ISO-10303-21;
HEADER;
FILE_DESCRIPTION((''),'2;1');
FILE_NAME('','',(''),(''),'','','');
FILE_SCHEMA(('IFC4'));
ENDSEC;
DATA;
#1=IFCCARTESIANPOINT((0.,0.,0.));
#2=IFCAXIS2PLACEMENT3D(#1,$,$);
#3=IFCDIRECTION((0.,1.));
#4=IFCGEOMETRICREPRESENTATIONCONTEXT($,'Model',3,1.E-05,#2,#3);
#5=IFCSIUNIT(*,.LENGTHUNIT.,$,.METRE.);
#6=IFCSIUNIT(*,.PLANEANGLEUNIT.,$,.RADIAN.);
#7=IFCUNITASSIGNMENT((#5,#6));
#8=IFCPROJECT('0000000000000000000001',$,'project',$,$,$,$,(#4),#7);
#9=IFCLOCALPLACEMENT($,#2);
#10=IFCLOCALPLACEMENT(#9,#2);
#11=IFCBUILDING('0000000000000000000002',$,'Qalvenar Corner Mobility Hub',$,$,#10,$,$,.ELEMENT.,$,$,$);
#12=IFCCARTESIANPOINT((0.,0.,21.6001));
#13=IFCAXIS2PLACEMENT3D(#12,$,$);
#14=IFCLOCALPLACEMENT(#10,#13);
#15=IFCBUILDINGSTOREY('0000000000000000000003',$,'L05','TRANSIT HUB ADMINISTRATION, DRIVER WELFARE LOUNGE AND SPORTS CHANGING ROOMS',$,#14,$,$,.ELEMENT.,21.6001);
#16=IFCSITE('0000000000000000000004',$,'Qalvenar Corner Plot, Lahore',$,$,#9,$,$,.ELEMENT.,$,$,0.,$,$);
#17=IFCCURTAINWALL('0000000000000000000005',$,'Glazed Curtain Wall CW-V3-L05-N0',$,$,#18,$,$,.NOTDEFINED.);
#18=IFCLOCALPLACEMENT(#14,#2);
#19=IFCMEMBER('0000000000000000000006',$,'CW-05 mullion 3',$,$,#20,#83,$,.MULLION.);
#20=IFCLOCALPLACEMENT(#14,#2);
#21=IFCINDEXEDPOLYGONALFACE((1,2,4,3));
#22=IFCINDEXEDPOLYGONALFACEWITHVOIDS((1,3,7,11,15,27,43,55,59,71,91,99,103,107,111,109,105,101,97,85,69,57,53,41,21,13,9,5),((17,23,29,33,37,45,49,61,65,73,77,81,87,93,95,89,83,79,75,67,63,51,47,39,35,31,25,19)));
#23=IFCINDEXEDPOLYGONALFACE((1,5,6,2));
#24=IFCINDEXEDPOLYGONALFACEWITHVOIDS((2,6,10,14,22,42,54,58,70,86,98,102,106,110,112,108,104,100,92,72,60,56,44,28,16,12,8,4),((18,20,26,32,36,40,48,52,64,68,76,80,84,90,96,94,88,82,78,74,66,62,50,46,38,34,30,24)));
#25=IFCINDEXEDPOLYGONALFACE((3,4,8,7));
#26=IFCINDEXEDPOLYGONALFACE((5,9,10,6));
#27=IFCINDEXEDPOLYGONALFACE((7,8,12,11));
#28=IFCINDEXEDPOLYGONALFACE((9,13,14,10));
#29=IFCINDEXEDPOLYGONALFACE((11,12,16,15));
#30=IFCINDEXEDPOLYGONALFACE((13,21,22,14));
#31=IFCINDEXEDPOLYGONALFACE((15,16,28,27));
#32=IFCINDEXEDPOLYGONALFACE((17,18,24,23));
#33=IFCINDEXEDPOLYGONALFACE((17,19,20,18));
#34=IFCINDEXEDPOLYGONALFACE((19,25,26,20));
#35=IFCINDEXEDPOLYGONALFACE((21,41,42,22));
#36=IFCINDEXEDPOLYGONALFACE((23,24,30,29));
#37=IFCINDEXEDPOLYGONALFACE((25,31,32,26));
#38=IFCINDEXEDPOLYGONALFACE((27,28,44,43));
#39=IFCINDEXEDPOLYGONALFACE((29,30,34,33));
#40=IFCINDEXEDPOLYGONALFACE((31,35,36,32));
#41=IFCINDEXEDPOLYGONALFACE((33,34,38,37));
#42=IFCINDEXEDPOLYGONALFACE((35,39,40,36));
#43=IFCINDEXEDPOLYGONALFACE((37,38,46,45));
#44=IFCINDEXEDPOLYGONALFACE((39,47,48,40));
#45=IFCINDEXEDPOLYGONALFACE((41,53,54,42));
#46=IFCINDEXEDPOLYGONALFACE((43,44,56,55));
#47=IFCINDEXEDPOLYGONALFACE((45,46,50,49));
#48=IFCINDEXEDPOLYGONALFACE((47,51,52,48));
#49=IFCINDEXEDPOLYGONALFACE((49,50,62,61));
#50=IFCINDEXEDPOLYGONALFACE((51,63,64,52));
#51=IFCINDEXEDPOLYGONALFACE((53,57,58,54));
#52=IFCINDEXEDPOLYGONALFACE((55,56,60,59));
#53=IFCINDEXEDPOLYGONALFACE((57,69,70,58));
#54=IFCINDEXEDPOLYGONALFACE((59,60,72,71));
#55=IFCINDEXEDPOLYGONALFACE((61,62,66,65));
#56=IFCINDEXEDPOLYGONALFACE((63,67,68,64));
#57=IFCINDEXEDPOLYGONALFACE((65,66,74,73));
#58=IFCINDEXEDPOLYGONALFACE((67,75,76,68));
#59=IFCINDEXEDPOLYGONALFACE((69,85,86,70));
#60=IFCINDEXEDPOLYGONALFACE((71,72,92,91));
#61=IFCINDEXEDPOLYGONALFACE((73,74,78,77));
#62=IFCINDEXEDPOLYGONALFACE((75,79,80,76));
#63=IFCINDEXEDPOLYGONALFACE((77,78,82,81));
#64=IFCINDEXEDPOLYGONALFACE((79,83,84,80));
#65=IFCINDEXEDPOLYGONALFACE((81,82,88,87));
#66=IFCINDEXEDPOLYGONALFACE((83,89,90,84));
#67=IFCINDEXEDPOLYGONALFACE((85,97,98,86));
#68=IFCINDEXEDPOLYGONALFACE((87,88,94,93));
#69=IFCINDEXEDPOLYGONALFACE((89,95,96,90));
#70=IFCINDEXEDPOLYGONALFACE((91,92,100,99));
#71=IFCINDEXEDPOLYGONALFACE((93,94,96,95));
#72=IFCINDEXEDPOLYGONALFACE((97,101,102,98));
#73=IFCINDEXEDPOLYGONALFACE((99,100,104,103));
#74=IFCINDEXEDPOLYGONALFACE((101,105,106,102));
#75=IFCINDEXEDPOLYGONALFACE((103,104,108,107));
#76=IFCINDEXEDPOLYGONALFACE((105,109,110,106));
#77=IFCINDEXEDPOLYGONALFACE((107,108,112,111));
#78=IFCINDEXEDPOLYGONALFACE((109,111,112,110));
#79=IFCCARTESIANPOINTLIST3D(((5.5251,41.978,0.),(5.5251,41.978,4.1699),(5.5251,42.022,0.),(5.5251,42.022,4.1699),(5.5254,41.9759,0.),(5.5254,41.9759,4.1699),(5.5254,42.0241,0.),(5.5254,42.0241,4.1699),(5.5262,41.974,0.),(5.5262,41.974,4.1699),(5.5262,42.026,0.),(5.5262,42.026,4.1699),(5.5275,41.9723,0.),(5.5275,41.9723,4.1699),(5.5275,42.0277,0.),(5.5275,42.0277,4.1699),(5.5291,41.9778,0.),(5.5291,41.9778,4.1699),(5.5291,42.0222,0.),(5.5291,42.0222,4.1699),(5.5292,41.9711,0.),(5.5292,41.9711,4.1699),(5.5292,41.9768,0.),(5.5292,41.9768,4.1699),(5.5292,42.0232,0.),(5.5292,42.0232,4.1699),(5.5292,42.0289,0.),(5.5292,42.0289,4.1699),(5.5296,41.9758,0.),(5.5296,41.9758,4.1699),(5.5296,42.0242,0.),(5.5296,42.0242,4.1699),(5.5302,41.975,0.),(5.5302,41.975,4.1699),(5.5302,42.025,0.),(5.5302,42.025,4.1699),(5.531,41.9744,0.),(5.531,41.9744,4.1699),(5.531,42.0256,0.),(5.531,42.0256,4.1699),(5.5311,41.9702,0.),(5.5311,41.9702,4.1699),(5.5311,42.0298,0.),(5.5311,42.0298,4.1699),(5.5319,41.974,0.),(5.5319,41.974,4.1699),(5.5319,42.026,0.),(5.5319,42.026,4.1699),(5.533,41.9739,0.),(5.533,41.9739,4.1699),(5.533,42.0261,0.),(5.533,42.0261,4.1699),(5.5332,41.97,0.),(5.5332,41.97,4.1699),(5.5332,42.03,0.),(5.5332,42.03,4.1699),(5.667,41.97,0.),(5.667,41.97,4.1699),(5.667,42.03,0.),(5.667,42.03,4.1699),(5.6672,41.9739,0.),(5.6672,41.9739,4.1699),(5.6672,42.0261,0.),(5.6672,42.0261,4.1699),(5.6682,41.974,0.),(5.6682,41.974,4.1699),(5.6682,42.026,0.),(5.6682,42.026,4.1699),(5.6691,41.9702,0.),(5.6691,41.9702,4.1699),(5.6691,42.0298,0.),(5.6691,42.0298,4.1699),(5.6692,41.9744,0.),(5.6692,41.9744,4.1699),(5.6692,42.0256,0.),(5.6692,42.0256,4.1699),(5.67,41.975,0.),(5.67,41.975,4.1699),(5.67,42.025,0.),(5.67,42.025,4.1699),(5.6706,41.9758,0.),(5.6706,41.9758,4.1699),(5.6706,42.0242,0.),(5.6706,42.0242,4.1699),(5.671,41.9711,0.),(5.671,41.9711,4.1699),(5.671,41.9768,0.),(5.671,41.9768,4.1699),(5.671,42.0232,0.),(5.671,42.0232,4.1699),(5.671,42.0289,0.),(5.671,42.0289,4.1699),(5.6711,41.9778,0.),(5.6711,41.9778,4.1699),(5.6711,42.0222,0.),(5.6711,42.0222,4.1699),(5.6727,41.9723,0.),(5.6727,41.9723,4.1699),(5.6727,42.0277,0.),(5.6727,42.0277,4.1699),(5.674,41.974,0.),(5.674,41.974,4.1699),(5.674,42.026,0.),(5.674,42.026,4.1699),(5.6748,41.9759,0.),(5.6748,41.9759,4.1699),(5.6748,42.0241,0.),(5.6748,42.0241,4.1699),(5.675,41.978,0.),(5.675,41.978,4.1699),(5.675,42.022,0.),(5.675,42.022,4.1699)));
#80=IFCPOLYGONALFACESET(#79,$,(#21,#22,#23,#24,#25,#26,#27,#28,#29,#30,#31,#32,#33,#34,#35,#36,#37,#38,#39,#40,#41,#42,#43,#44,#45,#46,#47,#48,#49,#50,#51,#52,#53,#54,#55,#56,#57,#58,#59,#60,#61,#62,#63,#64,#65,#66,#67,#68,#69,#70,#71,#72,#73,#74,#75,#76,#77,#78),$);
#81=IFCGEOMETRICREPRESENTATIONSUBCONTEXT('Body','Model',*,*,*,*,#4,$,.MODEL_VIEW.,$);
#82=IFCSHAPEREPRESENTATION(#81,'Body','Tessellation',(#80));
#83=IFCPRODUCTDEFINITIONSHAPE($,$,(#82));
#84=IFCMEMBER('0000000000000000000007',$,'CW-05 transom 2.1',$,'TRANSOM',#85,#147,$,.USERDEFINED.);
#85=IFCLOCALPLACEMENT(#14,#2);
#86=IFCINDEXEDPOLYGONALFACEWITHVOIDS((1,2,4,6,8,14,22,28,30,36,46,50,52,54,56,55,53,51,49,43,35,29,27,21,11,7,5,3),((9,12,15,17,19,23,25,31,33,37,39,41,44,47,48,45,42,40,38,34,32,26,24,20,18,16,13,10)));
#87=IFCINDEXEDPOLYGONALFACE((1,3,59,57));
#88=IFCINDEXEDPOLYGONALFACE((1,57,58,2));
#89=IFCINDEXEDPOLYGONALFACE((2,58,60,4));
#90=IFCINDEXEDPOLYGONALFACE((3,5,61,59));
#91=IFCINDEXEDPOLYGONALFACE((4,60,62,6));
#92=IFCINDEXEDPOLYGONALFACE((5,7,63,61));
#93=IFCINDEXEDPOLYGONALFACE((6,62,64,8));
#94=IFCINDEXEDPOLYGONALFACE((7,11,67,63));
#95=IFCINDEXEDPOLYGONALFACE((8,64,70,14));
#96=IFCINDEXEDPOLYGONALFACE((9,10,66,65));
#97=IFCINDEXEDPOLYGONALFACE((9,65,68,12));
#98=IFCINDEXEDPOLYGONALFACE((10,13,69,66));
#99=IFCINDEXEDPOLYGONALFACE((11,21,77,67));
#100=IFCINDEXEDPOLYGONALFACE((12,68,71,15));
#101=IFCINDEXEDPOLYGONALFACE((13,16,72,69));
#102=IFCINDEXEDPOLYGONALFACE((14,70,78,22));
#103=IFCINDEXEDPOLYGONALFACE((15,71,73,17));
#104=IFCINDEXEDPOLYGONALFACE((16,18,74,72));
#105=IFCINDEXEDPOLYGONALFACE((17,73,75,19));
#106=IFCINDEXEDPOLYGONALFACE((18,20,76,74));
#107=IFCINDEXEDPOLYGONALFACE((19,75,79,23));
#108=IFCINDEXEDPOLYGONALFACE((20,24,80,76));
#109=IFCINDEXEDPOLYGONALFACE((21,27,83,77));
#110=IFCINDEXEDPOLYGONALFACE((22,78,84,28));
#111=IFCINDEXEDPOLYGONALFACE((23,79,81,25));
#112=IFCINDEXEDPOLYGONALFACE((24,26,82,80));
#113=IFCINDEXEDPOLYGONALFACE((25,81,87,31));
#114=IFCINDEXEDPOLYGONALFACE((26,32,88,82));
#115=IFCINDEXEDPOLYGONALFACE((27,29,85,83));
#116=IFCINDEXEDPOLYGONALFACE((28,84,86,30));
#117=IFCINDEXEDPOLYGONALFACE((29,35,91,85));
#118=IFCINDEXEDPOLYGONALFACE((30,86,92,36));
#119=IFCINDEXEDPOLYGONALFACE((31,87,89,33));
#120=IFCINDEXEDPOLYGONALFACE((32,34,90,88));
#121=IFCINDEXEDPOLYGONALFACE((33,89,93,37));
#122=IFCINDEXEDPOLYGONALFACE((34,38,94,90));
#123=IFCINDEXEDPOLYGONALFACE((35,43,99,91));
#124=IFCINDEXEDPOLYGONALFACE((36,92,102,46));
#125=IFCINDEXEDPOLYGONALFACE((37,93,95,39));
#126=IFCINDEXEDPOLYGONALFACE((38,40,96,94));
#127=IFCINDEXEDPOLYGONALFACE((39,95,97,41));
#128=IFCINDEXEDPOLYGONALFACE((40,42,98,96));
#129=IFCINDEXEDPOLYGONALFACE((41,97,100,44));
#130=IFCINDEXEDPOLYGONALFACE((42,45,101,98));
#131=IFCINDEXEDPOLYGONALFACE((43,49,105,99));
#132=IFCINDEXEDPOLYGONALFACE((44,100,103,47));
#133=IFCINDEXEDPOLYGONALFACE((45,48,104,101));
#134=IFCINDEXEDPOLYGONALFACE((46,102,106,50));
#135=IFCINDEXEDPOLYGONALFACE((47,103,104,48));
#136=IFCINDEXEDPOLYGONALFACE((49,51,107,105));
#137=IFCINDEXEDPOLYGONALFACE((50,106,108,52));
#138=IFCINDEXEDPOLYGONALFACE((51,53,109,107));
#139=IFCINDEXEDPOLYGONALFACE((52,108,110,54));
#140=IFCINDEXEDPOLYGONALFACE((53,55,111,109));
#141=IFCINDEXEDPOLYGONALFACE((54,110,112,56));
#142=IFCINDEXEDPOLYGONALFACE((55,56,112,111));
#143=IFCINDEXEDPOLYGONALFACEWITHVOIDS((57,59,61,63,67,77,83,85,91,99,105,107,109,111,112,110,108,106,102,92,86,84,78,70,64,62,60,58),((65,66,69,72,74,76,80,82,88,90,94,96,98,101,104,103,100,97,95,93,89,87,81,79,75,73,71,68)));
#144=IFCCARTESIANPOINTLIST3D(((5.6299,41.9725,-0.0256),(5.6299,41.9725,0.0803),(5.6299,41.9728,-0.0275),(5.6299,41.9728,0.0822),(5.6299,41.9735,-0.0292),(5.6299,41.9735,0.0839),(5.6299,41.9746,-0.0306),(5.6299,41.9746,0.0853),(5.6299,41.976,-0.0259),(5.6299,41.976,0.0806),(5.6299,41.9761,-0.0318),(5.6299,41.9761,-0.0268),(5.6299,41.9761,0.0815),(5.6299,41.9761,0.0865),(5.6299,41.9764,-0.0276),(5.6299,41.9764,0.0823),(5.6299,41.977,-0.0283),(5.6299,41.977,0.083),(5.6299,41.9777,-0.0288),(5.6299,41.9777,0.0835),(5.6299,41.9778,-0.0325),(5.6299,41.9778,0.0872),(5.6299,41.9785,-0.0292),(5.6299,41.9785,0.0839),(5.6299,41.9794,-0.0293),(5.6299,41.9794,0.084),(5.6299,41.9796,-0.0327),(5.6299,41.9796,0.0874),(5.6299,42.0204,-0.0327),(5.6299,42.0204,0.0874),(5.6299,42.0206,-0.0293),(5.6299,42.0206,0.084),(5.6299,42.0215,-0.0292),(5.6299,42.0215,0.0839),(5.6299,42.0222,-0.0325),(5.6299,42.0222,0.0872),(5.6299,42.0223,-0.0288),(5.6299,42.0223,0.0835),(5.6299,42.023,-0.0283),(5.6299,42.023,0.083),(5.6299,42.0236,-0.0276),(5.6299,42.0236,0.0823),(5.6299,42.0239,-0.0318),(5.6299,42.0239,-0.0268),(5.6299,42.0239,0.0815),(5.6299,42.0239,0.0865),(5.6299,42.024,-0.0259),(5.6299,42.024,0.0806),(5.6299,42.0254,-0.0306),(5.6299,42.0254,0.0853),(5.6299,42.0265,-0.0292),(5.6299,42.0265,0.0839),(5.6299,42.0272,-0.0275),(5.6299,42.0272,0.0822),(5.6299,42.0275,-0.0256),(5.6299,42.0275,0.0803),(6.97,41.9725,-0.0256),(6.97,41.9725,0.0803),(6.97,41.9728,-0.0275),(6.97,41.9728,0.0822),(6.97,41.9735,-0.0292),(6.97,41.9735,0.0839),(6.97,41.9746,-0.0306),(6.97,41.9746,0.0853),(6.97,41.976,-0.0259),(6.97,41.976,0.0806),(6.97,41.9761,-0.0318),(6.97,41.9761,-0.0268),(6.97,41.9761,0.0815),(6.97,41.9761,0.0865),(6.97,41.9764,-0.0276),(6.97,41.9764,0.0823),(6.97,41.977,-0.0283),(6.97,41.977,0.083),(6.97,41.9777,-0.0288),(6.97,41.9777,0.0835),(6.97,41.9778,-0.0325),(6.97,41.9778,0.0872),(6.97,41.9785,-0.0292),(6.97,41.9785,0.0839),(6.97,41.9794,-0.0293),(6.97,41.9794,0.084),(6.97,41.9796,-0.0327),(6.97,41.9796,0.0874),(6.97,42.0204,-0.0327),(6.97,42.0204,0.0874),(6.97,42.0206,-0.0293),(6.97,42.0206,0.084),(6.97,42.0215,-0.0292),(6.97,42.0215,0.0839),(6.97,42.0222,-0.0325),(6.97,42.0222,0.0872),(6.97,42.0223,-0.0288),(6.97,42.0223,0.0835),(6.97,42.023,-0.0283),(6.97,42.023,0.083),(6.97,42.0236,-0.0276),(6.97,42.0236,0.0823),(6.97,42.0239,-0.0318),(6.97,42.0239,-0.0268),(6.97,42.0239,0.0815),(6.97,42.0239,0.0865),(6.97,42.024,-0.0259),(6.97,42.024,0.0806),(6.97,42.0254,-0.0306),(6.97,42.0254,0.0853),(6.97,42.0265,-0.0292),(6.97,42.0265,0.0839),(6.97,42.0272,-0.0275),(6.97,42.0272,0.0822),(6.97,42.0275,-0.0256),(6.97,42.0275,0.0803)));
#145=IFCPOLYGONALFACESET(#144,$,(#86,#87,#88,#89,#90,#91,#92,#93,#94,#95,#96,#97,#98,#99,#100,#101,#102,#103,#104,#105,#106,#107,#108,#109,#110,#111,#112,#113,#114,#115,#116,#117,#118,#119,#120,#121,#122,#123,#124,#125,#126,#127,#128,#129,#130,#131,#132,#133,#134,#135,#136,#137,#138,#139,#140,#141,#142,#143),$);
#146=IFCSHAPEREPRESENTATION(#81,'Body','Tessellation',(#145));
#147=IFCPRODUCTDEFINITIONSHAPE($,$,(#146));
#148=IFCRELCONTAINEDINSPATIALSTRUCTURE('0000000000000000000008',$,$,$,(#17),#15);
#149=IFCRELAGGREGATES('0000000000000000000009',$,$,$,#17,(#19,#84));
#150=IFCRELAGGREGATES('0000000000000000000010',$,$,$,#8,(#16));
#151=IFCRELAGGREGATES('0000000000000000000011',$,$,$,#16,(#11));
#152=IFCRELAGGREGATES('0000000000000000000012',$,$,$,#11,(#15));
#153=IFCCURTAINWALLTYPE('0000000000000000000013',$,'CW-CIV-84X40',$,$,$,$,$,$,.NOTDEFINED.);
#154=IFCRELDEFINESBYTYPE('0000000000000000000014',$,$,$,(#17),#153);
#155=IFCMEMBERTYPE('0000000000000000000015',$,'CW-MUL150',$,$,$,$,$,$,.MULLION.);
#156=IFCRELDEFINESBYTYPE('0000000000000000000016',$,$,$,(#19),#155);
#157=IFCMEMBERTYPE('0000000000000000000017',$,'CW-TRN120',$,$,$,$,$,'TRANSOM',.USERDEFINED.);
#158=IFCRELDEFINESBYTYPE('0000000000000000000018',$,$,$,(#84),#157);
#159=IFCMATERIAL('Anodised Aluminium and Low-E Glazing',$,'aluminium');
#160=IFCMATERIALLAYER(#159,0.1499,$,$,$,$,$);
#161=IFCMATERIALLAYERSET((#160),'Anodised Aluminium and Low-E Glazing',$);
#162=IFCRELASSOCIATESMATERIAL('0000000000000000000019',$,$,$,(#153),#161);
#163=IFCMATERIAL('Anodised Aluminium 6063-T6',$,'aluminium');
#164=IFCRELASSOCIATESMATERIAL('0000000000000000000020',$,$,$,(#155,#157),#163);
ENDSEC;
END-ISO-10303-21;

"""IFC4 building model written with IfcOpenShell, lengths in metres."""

from ifc_helpers import new_model, si_unit, direction, frame, origin, origin_2d, place, context, subcontext, project, spatial, hollow_rectangle, extrude, material, layer, layer_set, material_profile, profile_set, type_object, element, aggregate, save


model = new_model("IFC4")

# Units and contexts
model_context = context("Model", 3, precision=1e-05, world=origin(), true_north=direction((0.0, 1.0)))
body_context = subcontext(model_context, "Body", "Model", "MODEL_VIEW")
ifc_project = project(units=[si_unit("LENGTHUNIT", "METRE"), si_unit("PLANEANGLEUNIT", "RADIAN")], contexts=[model_context])

# Site, building, storey
site_placement = place(None, origin())
site = spatial("IfcSite", under=ifc_project, at=site_placement, Name="Qalvenar Corner Plot, Lahore", CompositionType="ELEMENT", RefElevation=0.0)
building_placement = place(site_placement, origin())
building = spatial("IfcBuilding", under=site, at=building_placement, Name="Qalvenar Corner Mobility Hub", CompositionType="ELEMENT")
storey_placement = place(building_placement, frame((0.0, 0.0, 21.6001)))
storey = spatial("IfcBuildingStorey", under=building, at=storey_placement, Name="L05", Description="TRANSIT HUB ADMINISTRATION, DRIVER WELFARE LOUNGE AND SPORTS CHANGING ROOMS", CompositionType="ELEMENT", Elevation=21.6001)

# Curtain wall, members
ifc_material_1 = material(Name="Anodised Aluminium and Low-E Glazing", Category="aluminium")
ifc_layer_1 = layer(ifc_material_1, 0.1499)
ifc_layer_set_1 = layer_set([ifc_layer_1], Name="Anodised Aluminium and Low-E Glazing")
curtain_wall_type = type_object("IfcCurtainWallType", Name="CW-CIV-84X40", PredefinedType="NOTDEFINED", material=ifc_layer_set_1)
curtain_wall_placement = place(storey_placement, origin())
curtain_wall = element("IfcCurtainWall", 1, at=curtain_wall_placement, inside=storey, type_object=curtain_wall_type, Name="Glazed Curtain Wall CW-V3-L05-N0", PredefinedType="NOTDEFINED")
ifc_material_2 = material(Name="Anodised Aluminium 6063-T6", Category="aluminium")
ifc_material_profile_1 = material_profile(ifc_material_2, hollow_rectangle(XDim=0.0601, YDim=0.1499, WallThickness=0.0039, InnerFilletRadius=0.0039, OuterFilletRadius=0.0081, at=origin_2d()), Name="RHS150x60x4")
ifc_profile_set_1 = profile_set([ifc_material_profile_1], Name="Anodised Aluminium 6063-T6")
member_type_1 = type_object("IfcMemberType", Name="CW-MUL150", PredefinedType="MULLION", material=ifc_profile_set_1)
member_1_placement = place(storey_placement, frame((5.6001, 42.0, 0.0), z_axis=(0.0, 0.0, 1.0), x_axis=(0.0, -1.0, 0.0)))
member_1 = element("IfcMember", 2, at=member_1_placement, type_object=member_type_1, Name="CW-05 mullion 3", PredefinedType="MULLION", context=body_context, shape_type="SweptSolid", body=[
    extrude(hollow_rectangle(XDim=0.0601, YDim=0.1499, WallThickness=0.0039, InnerFilletRadius=0.0039, OuterFilletRadius=0.0081, at=origin_2d()), origin(), (0.0, 0.0, 1.0), 4.1699),
])
ifc_material_profile_2 = material_profile(ifc_material_2, hollow_rectangle(XDim=0.0549, YDim=0.1201, WallThickness=0.0034, InnerFilletRadius=0.0034, OuterFilletRadius=0.0071, at=origin_2d()), Name="RHS120x55x3.5")
ifc_profile_set_2 = profile_set([ifc_material_profile_2], Name="Anodised Aluminium 6063-T6")
member_type_2 = type_object("IfcMemberType", Name="CW-TRN120", ElementType="TRANSOM", PredefinedType="USERDEFINED", material=ifc_profile_set_2)
member_2_placement = place(storey_placement, frame((6.97, 42.0, 0.0273), z_axis=(-1.0, 0.0, 0.0), x_axis=(0.0, -1.0, 0.0)))
member_2 = element("IfcMember", 3, at=member_2_placement, type_object=member_type_2, Name="CW-05 transom 2.1", ObjectType="TRANSOM", PredefinedType="USERDEFINED", context=body_context, shape_type="SweptSolid", body=[
    extrude(hollow_rectangle(XDim=0.0549, YDim=0.1201, WallThickness=0.0034, InnerFilletRadius=0.0034, OuterFilletRadius=0.0071, at=origin_2d()), origin(), (0.0, 0.0, 1.0), 1.3401),
])
aggregate(curtain_wall, [member_1, member_2])

save(model, "model.ifc")
